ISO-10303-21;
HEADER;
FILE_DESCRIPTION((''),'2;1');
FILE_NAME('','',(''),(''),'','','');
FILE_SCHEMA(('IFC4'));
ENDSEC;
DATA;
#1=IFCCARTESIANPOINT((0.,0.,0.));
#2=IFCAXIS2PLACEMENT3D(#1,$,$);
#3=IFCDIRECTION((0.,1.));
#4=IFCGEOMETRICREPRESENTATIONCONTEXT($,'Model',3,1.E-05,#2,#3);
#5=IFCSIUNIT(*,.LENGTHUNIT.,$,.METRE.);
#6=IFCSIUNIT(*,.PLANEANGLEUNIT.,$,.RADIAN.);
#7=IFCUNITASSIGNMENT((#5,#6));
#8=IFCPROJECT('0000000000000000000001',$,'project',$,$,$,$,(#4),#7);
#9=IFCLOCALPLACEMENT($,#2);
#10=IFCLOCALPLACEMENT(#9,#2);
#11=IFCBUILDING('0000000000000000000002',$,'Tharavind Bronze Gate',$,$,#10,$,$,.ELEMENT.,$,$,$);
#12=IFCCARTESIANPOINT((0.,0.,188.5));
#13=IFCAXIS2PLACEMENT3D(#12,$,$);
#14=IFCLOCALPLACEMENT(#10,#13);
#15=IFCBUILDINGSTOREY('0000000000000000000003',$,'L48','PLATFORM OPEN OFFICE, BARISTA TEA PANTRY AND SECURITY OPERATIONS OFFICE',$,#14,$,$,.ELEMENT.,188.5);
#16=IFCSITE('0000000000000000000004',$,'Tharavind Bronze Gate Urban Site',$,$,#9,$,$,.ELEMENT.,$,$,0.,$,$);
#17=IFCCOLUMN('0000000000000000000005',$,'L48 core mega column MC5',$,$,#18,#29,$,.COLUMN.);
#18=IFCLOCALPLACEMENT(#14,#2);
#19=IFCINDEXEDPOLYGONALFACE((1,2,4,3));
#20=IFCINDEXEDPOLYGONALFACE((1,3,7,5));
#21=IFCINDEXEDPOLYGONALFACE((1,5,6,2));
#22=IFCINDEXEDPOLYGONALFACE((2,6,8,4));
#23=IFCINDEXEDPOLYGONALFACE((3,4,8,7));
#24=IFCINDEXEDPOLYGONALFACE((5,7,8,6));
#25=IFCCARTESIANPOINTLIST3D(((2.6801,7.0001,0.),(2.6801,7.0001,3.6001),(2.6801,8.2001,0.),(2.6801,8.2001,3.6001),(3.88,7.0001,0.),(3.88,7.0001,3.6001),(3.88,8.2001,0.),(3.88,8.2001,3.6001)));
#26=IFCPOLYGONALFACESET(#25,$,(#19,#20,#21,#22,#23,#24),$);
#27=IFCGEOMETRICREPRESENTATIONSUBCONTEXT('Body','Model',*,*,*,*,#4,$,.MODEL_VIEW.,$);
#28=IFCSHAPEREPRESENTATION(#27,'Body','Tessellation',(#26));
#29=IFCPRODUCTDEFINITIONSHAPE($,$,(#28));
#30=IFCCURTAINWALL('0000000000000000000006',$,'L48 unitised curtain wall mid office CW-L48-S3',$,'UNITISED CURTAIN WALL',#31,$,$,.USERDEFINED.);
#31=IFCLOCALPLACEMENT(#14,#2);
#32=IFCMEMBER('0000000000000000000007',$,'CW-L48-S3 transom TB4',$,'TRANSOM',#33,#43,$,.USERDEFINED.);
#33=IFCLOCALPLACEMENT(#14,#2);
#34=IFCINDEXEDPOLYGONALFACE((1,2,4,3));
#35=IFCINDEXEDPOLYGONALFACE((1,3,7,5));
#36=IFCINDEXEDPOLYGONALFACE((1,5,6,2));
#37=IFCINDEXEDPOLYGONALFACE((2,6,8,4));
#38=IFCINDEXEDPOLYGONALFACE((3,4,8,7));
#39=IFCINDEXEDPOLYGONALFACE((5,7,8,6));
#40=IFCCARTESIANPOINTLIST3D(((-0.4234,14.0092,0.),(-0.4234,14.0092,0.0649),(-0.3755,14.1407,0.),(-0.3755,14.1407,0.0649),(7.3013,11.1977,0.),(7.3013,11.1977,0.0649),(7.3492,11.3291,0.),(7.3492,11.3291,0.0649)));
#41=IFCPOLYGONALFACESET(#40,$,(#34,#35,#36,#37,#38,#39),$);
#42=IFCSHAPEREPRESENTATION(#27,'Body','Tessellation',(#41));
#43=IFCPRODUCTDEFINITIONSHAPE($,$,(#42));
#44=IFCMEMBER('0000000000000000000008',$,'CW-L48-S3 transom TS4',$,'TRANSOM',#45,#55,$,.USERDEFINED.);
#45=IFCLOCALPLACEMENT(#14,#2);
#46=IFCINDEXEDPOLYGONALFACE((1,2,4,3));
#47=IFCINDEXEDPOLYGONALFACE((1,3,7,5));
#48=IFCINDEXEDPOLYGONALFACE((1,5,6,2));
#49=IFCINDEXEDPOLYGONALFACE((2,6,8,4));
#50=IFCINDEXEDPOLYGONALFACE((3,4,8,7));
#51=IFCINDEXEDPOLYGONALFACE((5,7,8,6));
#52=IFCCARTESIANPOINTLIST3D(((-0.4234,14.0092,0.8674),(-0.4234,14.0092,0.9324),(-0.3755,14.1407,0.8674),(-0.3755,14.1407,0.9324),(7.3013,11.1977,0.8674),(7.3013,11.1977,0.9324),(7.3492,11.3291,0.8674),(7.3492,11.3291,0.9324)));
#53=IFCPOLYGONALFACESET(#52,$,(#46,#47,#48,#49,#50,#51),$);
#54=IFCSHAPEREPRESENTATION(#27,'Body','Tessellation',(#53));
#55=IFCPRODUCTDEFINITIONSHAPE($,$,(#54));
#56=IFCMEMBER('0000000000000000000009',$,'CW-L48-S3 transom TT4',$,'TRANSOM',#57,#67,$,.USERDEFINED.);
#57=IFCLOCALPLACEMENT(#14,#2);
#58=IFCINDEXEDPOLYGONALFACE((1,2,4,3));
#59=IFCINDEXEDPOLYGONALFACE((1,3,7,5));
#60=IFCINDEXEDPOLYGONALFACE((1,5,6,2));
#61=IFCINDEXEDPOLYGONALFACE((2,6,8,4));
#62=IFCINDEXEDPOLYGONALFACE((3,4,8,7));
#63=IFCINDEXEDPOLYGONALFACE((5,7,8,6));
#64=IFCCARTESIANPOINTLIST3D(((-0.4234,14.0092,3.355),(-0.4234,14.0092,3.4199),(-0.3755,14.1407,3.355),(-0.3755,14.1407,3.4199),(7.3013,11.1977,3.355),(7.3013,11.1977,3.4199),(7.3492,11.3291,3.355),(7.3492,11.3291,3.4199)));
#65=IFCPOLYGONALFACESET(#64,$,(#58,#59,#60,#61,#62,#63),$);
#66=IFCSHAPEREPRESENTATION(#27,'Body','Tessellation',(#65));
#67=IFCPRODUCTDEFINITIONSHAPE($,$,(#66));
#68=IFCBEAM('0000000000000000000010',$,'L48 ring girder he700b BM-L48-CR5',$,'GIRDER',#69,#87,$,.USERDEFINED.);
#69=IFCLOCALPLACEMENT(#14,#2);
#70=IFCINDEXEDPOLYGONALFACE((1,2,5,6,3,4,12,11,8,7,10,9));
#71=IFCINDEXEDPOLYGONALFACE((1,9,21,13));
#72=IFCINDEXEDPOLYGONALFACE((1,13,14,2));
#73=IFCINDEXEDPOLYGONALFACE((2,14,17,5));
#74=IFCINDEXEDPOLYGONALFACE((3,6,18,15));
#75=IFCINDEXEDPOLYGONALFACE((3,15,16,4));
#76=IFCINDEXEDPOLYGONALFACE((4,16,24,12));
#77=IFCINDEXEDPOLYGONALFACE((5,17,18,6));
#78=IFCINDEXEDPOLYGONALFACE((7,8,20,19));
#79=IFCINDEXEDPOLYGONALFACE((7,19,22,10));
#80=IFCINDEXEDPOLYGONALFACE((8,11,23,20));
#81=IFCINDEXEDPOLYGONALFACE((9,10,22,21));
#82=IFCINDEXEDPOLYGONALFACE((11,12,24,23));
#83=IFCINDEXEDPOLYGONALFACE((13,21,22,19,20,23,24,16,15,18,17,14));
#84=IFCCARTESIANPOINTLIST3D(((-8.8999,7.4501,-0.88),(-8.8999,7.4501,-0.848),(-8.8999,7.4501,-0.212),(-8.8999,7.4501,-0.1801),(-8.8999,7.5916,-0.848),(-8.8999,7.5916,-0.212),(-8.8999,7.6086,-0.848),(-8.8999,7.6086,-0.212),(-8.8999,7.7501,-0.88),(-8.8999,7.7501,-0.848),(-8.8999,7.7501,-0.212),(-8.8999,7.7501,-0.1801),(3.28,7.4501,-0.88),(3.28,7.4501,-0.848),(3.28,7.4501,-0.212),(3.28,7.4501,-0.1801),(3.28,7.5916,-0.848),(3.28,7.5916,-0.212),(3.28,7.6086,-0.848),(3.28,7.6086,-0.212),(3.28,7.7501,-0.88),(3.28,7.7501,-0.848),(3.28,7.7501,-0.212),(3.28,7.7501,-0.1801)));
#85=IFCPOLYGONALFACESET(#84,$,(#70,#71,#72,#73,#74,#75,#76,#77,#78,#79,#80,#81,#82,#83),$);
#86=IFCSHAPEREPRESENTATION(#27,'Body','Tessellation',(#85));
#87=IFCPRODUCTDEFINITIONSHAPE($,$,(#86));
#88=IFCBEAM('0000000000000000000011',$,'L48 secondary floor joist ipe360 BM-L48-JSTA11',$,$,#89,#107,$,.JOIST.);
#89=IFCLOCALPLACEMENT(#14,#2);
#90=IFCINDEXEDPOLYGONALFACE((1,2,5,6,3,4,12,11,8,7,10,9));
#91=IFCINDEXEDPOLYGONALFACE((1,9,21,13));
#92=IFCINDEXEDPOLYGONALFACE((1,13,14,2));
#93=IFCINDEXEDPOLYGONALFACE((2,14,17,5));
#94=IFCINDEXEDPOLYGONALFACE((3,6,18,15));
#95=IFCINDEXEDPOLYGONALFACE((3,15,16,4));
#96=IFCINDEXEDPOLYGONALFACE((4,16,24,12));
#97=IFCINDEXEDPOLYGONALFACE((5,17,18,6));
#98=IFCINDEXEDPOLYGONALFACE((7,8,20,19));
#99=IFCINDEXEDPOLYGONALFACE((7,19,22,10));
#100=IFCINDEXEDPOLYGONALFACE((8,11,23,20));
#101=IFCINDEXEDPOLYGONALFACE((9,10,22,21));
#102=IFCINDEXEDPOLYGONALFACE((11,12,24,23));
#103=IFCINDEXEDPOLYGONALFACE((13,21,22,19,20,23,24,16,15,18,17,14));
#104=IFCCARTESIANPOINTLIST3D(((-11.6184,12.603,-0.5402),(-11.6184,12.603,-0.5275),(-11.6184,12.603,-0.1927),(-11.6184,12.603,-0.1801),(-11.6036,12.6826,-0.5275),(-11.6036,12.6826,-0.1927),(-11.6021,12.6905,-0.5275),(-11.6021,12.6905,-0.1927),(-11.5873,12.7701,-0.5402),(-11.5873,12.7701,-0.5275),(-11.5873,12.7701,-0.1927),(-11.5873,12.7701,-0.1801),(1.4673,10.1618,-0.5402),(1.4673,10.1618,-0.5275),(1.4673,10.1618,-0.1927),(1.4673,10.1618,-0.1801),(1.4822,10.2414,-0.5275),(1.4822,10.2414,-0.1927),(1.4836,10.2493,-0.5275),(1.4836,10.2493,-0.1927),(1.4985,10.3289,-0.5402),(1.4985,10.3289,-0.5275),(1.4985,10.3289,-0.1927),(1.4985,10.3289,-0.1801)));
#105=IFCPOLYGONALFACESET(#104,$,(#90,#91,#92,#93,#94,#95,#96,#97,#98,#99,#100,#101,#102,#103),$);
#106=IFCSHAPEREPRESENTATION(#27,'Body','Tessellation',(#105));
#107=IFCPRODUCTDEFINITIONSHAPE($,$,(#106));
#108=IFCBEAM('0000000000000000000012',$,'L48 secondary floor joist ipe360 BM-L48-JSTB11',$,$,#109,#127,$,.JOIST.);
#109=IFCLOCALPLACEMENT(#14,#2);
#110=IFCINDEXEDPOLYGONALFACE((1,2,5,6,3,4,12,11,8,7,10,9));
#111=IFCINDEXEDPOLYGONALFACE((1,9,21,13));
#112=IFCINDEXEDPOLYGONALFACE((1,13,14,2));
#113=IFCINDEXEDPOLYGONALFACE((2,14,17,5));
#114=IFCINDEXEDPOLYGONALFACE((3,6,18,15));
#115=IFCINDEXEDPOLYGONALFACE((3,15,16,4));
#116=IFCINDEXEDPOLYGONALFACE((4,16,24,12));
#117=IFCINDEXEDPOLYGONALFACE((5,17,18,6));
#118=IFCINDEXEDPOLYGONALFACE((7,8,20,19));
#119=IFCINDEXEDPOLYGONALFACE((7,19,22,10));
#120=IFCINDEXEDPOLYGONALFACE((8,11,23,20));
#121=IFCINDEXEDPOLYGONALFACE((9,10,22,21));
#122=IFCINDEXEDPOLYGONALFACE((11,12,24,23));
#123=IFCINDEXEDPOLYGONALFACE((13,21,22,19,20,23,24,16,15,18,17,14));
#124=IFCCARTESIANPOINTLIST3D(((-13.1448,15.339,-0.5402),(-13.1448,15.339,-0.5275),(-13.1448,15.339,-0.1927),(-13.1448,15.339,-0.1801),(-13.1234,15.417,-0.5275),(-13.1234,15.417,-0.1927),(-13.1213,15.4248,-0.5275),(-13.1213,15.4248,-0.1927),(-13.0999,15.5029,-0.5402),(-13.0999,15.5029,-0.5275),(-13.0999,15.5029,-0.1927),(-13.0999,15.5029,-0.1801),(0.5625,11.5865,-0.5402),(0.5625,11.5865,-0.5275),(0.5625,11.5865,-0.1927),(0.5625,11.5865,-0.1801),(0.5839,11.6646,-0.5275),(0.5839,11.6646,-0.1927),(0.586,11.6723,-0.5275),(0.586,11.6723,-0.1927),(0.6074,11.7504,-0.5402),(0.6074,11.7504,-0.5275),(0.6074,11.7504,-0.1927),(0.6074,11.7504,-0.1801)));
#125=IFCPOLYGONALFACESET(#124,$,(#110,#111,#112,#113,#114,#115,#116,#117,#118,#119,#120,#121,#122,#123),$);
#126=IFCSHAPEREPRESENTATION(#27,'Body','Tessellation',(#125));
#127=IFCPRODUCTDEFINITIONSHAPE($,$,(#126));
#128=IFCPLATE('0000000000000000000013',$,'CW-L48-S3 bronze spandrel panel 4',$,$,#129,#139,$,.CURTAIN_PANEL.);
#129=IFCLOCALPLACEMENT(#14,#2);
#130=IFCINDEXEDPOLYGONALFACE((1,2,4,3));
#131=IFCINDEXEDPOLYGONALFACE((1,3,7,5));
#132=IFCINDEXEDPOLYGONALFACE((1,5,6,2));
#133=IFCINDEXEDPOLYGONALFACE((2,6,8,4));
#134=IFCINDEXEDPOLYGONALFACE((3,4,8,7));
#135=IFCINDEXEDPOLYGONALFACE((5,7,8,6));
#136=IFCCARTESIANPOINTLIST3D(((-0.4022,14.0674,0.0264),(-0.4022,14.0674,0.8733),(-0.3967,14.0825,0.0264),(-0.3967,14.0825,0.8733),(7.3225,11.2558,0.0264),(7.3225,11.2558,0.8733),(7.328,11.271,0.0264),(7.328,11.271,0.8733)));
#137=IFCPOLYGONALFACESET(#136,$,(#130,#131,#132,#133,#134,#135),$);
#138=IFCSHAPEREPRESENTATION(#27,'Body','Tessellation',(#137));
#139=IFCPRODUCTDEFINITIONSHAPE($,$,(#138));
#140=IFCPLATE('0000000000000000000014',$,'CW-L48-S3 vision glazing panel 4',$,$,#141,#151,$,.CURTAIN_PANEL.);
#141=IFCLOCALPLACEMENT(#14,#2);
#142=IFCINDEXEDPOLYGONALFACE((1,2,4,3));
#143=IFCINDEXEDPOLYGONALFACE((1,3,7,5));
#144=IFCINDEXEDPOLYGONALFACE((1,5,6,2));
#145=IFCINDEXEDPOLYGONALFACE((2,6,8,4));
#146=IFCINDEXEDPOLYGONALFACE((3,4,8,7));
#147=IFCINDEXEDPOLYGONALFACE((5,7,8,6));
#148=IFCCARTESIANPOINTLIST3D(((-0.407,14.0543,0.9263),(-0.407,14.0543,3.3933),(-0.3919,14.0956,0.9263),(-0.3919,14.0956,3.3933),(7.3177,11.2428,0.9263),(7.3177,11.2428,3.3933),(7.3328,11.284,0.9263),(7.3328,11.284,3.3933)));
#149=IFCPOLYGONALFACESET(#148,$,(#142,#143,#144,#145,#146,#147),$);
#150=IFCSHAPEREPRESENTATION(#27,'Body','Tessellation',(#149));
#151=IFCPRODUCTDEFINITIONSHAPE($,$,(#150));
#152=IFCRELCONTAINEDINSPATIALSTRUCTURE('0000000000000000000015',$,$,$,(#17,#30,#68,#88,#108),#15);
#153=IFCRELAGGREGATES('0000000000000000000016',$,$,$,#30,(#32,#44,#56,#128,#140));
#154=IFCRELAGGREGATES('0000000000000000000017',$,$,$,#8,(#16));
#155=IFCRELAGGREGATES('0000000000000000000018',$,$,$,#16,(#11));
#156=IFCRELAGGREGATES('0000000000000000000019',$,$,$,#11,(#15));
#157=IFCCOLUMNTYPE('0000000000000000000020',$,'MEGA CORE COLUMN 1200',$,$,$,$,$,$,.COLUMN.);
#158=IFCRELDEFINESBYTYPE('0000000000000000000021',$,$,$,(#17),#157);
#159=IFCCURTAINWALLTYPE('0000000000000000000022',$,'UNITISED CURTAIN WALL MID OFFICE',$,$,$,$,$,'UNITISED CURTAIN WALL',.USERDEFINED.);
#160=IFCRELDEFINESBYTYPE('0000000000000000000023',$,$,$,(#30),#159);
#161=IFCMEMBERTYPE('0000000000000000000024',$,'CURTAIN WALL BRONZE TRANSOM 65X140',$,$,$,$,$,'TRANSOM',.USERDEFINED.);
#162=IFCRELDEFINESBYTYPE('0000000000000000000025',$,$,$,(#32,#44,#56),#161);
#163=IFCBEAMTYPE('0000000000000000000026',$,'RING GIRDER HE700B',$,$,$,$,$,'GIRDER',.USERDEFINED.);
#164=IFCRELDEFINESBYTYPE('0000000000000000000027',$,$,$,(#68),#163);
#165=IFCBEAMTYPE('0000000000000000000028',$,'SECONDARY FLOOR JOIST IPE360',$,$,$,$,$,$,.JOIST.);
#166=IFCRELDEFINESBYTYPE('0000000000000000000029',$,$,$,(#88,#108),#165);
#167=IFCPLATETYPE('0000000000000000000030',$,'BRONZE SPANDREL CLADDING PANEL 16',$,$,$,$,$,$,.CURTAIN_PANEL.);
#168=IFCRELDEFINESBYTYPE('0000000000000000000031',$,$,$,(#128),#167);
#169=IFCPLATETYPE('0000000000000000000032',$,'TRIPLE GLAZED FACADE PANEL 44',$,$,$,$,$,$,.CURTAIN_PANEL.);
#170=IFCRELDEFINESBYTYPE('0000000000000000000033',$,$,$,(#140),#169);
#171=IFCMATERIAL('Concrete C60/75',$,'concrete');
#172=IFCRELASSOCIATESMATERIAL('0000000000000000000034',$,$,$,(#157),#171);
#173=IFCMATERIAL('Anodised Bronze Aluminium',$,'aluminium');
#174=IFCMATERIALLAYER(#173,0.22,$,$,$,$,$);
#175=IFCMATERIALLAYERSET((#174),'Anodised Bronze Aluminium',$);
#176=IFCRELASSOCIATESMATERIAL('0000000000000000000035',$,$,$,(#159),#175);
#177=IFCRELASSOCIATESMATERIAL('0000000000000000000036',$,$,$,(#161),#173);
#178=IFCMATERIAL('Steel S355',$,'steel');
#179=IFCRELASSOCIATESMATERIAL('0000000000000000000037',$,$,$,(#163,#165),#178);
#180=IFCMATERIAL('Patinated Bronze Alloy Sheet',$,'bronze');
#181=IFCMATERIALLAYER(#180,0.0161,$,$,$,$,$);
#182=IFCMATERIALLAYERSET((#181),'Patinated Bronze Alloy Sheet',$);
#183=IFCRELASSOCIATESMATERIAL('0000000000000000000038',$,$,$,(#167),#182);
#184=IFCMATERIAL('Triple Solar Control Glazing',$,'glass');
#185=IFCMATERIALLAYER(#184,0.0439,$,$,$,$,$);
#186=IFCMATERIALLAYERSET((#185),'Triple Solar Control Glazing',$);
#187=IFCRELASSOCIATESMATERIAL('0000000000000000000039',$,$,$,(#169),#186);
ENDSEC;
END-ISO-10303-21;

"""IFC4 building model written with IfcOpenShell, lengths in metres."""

from ifc_helpers import new_model, si_unit, direction, frame, origin, origin_2d, place, context, subcontext, project, spatial, rectangle, i_section, extrude, material, layer, layer_set, material_profile, profile_set, type_object, element, aggregate, save


model = new_model("IFC4")

# Units and contexts
model_context = context("Model", 3, precision=1e-05, world=origin(), true_north=direction((0.0, 1.0)))
body_context = subcontext(model_context, "Body", "Model", "MODEL_VIEW")
ifc_project = project(units=[si_unit("LENGTHUNIT", "METRE"), si_unit("PLANEANGLEUNIT", "RADIAN")], contexts=[model_context])

# Site, building, storey
site_placement = place(None, origin())
site = spatial("IfcSite", under=ifc_project, at=site_placement, Name="Tharavind Bronze Gate Urban Site", CompositionType="ELEMENT", RefElevation=0.0)
building_placement = place(site_placement, origin())
building = spatial("IfcBuilding", under=site, at=building_placement, Name="Tharavind Bronze Gate", CompositionType="ELEMENT")
storey_placement = place(building_placement, frame((0.0, 0.0, 188.5)))
storey = spatial("IfcBuildingStorey", under=building, at=storey_placement, Name="L48", Description="PLATFORM OPEN OFFICE, BARISTA TEA PANTRY AND SECURITY OPERATIONS OFFICE", CompositionType="ELEMENT", Elevation=188.5)

# Column
ifc_material_1 = material(Name="Concrete C60/75", Category="concrete")
ifc_material_profile_1 = material_profile(ifc_material_1, rectangle(XDim=1.2, YDim=1.2, at=origin_2d()), Name="RCCOL1200")
ifc_profile_set_1 = profile_set([ifc_material_profile_1], Name="Concrete C60/75")
column_type = type_object("IfcColumnType", Name="MEGA CORE COLUMN 1200", PredefinedType="COLUMN", material=ifc_profile_set_1)
column_placement = place(storey_placement, frame((3.28, 7.6001, 0.0), z_axis=(0.0, 0.0, 1.0), x_axis=(1.0, 0.0, 0.0)))
element("IfcColumn", 1, at=column_placement, inside=storey, type_object=column_type, Name="L48 core mega column MC5", PredefinedType="COLUMN", context=body_context, shape_type="SweptSolid", body=[
    extrude(rectangle(XDim=1.2, YDim=1.2, at=origin_2d()), origin(), (0.0, 0.0, 1.0), 3.6001),
])

# Curtain wall, members
ifc_material_2 = material(Name="Anodised Bronze Aluminium", Category="aluminium")
ifc_layer_1 = layer(ifc_material_2, 0.22)
ifc_layer_set_1 = layer_set([ifc_layer_1], Name="Anodised Bronze Aluminium")
curtain_wall_type = type_object("IfcCurtainWallType", Name="UNITISED CURTAIN WALL MID OFFICE", ElementType="UNITISED CURTAIN WALL", PredefinedType="USERDEFINED", material=ifc_layer_set_1)
curtain_wall_placement = place(storey_placement, origin())
curtain_wall = element("IfcCurtainWall", 2, at=curtain_wall_placement, inside=storey, type_object=curtain_wall_type, Name="L48 unitised curtain wall mid office CW-L48-S3", ObjectType="UNITISED CURTAIN WALL", PredefinedType="USERDEFINED")
member_type = type_object("IfcMemberType", Name="CURTAIN WALL BRONZE TRANSOM 65X140", ElementType="TRANSOM", PredefinedType="USERDEFINED", material=ifc_material_2)
member_1_placement = place(storey_placement, frame((3.4629, 12.6692, 0.0), z_axis=(0.0, 0.0, 1.0), x_axis=(-0.939692, 0.342022, 0.0)))
member_1 = element("IfcMember", 3, at=member_1_placement, type_object=member_type, Name="CW-L48-S3 transom TB4", ObjectType="TRANSOM", PredefinedType="USERDEFINED", context=body_context, shape_type="SweptSolid", body=[
    extrude(rectangle(XDim=8.2205, YDim=0.1399, at=origin_2d()), origin(), (0.0, 0.0, 1.0), 0.0649),
])
member_2_placement = place(storey_placement, frame((3.4629, 12.6692, 0.8674), z_axis=(0.0, 0.0, 1.0), x_axis=(-0.939692, 0.342022, 0.0)))
member_2 = element("IfcMember", 4, at=member_2_placement, type_object=member_type, Name="CW-L48-S3 transom TS4", ObjectType="TRANSOM", PredefinedType="USERDEFINED", context=body_context, shape_type="SweptSolid", body=[
    extrude(rectangle(XDim=8.2205, YDim=0.1399, at=origin_2d()), origin(), (0.0, 0.0, 1.0), 0.0649),
])
member_3_placement = place(storey_placement, frame((3.4629, 12.6692, 3.355), z_axis=(0.0, 0.0, 1.0), x_axis=(-0.939692, 0.342022, 0.0)))
member_3 = element("IfcMember", 5, at=member_3_placement, type_object=member_type, Name="CW-L48-S3 transom TT4", ObjectType="TRANSOM", PredefinedType="USERDEFINED", context=body_context, shape_type="SweptSolid", body=[
    extrude(rectangle(XDim=8.2205, YDim=0.1399, at=origin_2d()), origin(), (0.0, 0.0, 1.0), 0.0649),
])

# Beams
ifc_material_3 = material(Name="Steel S355", Category="steel")
ifc_material_profile_2 = material_profile(ifc_material_3, i_section(OverallWidth=0.3, OverallDepth=0.7, WebThickness=0.0171, FlangeThickness=0.032, at=origin_2d()), Name="HE700B")
ifc_profile_set_2 = profile_set([ifc_material_profile_2], Name="Steel S355")
beam_type_1 = type_object("IfcBeamType", Name="RING GIRDER HE700B", ElementType="GIRDER", PredefinedType="USERDEFINED", material=ifc_profile_set_2)
beam_1_placement = place(storey_placement, frame((3.28, 7.6001, -0.53), z_axis=(-1.0, 0.0, 0.0), x_axis=(0.0, -1.0, 0.0)))
element("IfcBeam", 6, at=beam_1_placement, inside=storey, type_object=beam_type_1, Name="L48 ring girder he700b BM-L48-CR5", ObjectType="GIRDER", PredefinedType="USERDEFINED", context=body_context, shape_type="SweptSolid", body=[
    extrude(i_section(OverallWidth=0.3, OverallDepth=0.7, WebThickness=0.0171, FlangeThickness=0.032, at=origin_2d()), origin(), (0.0, 0.0, 1.0), 12.1799),
])
ifc_material_profile_3 = material_profile(ifc_material_3, i_section(OverallWidth=0.1699, OverallDepth=0.3601, WebThickness=0.0081, FlangeThickness=0.0127, at=origin_2d()), Name="IPE360")
ifc_profile_set_3 = profile_set([ifc_material_profile_3], Name="Steel S355")
beam_type_2 = type_object("IfcBeamType", Name="SECONDARY FLOOR JOIST IPE360", PredefinedType="JOIST", material=ifc_profile_set_3)
beam_2_placement = place(storey_placement, frame((1.4829, 10.2454, -0.3601), z_axis=(-0.983041, 0.183388, 0.0), x_axis=(-0.183388, -0.983041, 0.0)))
element("IfcBeam", 7, at=beam_2_placement, inside=storey, type_object=beam_type_2, Name="L48 secondary floor joist ipe360 BM-L48-JSTA11", PredefinedType="JOIST", context=body_context, shape_type="SweptSolid", body=[
    extrude(i_section(OverallWidth=0.1699, OverallDepth=0.3601, WebThickness=0.0081, FlangeThickness=0.0127, at=origin_2d()), origin(), (0.0, 0.0, 1.0), 13.3115),
])
beam_3_placement = place(storey_placement, frame((0.585, 11.6685, -0.3601), z_axis=(-0.964512, 0.26404, 0.0), x_axis=(-0.26404, -0.964512, 0.0)))
element("IfcBeam", 8, at=beam_3_placement, inside=storey, type_object=beam_type_2, Name="L48 secondary floor joist ipe360 BM-L48-JSTB11", PredefinedType="JOIST", context=body_context, shape_type="SweptSolid", body=[
    extrude(i_section(OverallWidth=0.1699, OverallDepth=0.3601, WebThickness=0.0081, FlangeThickness=0.0127, at=origin_2d()), origin(), (0.0, 0.0, 1.0), 14.2117),
])

# Plates
ifc_material_4 = material(Name="Patinated Bronze Alloy Sheet", Category="bronze")
ifc_layer_2 = layer(ifc_material_4, 0.0161)
ifc_layer_set_2 = layer_set([ifc_layer_2], Name="Patinated Bronze Alloy Sheet")
plate_type_1 = type_object("IfcPlateType", Name="BRONZE SPANDREL CLADDING PANEL 16", PredefinedType="CURTAIN_PANEL", material=ifc_layer_set_2)
plate_1_placement = place(storey_placement, frame((3.4629, 12.6692, 0.0264), z_axis=(0.0, 0.0, 1.0), x_axis=(-0.939692, 0.342022, 0.0)))
plate_1 = element("IfcPlate", 9, at=plate_1_placement, type_object=plate_type_1, Name="CW-L48-S3 bronze spandrel panel 4", PredefinedType="CURTAIN_PANEL", context=body_context, shape_type="SweptSolid", body=[
    extrude(rectangle(XDim=8.2205, YDim=0.0161, at=origin_2d()), origin(), (0.0, 0.0, 1.0), 0.8469),
])
ifc_material_5 = material(Name="Triple Solar Control Glazing", Category="glass")
ifc_layer_3 = layer(ifc_material_5, 0.0439)
ifc_layer_set_3 = layer_set([ifc_layer_3], Name="Triple Solar Control Glazing")
plate_type_2 = type_object("IfcPlateType", Name="TRIPLE GLAZED FACADE PANEL 44", PredefinedType="CURTAIN_PANEL", material=ifc_layer_set_3)
plate_2_placement = place(storey_placement, frame((3.4629, 12.6692, 0.9263), z_axis=(0.0, 0.0, 1.0), x_axis=(-0.939692, 0.342022, 0.0)))
plate_2 = element("IfcPlate", 10, at=plate_2_placement, type_object=plate_type_2, Name="CW-L48-S3 vision glazing panel 4", PredefinedType="CURTAIN_PANEL", context=body_context, shape_type="SweptSolid", body=[
    extrude(rectangle(XDim=8.2205, YDim=0.0439, at=origin_2d()), origin(), (0.0, 0.0, 1.0), 2.467),
])
aggregate(curtain_wall, [member_1, member_2, member_3, plate_1, plate_2])

save(model, "model.ifc")
